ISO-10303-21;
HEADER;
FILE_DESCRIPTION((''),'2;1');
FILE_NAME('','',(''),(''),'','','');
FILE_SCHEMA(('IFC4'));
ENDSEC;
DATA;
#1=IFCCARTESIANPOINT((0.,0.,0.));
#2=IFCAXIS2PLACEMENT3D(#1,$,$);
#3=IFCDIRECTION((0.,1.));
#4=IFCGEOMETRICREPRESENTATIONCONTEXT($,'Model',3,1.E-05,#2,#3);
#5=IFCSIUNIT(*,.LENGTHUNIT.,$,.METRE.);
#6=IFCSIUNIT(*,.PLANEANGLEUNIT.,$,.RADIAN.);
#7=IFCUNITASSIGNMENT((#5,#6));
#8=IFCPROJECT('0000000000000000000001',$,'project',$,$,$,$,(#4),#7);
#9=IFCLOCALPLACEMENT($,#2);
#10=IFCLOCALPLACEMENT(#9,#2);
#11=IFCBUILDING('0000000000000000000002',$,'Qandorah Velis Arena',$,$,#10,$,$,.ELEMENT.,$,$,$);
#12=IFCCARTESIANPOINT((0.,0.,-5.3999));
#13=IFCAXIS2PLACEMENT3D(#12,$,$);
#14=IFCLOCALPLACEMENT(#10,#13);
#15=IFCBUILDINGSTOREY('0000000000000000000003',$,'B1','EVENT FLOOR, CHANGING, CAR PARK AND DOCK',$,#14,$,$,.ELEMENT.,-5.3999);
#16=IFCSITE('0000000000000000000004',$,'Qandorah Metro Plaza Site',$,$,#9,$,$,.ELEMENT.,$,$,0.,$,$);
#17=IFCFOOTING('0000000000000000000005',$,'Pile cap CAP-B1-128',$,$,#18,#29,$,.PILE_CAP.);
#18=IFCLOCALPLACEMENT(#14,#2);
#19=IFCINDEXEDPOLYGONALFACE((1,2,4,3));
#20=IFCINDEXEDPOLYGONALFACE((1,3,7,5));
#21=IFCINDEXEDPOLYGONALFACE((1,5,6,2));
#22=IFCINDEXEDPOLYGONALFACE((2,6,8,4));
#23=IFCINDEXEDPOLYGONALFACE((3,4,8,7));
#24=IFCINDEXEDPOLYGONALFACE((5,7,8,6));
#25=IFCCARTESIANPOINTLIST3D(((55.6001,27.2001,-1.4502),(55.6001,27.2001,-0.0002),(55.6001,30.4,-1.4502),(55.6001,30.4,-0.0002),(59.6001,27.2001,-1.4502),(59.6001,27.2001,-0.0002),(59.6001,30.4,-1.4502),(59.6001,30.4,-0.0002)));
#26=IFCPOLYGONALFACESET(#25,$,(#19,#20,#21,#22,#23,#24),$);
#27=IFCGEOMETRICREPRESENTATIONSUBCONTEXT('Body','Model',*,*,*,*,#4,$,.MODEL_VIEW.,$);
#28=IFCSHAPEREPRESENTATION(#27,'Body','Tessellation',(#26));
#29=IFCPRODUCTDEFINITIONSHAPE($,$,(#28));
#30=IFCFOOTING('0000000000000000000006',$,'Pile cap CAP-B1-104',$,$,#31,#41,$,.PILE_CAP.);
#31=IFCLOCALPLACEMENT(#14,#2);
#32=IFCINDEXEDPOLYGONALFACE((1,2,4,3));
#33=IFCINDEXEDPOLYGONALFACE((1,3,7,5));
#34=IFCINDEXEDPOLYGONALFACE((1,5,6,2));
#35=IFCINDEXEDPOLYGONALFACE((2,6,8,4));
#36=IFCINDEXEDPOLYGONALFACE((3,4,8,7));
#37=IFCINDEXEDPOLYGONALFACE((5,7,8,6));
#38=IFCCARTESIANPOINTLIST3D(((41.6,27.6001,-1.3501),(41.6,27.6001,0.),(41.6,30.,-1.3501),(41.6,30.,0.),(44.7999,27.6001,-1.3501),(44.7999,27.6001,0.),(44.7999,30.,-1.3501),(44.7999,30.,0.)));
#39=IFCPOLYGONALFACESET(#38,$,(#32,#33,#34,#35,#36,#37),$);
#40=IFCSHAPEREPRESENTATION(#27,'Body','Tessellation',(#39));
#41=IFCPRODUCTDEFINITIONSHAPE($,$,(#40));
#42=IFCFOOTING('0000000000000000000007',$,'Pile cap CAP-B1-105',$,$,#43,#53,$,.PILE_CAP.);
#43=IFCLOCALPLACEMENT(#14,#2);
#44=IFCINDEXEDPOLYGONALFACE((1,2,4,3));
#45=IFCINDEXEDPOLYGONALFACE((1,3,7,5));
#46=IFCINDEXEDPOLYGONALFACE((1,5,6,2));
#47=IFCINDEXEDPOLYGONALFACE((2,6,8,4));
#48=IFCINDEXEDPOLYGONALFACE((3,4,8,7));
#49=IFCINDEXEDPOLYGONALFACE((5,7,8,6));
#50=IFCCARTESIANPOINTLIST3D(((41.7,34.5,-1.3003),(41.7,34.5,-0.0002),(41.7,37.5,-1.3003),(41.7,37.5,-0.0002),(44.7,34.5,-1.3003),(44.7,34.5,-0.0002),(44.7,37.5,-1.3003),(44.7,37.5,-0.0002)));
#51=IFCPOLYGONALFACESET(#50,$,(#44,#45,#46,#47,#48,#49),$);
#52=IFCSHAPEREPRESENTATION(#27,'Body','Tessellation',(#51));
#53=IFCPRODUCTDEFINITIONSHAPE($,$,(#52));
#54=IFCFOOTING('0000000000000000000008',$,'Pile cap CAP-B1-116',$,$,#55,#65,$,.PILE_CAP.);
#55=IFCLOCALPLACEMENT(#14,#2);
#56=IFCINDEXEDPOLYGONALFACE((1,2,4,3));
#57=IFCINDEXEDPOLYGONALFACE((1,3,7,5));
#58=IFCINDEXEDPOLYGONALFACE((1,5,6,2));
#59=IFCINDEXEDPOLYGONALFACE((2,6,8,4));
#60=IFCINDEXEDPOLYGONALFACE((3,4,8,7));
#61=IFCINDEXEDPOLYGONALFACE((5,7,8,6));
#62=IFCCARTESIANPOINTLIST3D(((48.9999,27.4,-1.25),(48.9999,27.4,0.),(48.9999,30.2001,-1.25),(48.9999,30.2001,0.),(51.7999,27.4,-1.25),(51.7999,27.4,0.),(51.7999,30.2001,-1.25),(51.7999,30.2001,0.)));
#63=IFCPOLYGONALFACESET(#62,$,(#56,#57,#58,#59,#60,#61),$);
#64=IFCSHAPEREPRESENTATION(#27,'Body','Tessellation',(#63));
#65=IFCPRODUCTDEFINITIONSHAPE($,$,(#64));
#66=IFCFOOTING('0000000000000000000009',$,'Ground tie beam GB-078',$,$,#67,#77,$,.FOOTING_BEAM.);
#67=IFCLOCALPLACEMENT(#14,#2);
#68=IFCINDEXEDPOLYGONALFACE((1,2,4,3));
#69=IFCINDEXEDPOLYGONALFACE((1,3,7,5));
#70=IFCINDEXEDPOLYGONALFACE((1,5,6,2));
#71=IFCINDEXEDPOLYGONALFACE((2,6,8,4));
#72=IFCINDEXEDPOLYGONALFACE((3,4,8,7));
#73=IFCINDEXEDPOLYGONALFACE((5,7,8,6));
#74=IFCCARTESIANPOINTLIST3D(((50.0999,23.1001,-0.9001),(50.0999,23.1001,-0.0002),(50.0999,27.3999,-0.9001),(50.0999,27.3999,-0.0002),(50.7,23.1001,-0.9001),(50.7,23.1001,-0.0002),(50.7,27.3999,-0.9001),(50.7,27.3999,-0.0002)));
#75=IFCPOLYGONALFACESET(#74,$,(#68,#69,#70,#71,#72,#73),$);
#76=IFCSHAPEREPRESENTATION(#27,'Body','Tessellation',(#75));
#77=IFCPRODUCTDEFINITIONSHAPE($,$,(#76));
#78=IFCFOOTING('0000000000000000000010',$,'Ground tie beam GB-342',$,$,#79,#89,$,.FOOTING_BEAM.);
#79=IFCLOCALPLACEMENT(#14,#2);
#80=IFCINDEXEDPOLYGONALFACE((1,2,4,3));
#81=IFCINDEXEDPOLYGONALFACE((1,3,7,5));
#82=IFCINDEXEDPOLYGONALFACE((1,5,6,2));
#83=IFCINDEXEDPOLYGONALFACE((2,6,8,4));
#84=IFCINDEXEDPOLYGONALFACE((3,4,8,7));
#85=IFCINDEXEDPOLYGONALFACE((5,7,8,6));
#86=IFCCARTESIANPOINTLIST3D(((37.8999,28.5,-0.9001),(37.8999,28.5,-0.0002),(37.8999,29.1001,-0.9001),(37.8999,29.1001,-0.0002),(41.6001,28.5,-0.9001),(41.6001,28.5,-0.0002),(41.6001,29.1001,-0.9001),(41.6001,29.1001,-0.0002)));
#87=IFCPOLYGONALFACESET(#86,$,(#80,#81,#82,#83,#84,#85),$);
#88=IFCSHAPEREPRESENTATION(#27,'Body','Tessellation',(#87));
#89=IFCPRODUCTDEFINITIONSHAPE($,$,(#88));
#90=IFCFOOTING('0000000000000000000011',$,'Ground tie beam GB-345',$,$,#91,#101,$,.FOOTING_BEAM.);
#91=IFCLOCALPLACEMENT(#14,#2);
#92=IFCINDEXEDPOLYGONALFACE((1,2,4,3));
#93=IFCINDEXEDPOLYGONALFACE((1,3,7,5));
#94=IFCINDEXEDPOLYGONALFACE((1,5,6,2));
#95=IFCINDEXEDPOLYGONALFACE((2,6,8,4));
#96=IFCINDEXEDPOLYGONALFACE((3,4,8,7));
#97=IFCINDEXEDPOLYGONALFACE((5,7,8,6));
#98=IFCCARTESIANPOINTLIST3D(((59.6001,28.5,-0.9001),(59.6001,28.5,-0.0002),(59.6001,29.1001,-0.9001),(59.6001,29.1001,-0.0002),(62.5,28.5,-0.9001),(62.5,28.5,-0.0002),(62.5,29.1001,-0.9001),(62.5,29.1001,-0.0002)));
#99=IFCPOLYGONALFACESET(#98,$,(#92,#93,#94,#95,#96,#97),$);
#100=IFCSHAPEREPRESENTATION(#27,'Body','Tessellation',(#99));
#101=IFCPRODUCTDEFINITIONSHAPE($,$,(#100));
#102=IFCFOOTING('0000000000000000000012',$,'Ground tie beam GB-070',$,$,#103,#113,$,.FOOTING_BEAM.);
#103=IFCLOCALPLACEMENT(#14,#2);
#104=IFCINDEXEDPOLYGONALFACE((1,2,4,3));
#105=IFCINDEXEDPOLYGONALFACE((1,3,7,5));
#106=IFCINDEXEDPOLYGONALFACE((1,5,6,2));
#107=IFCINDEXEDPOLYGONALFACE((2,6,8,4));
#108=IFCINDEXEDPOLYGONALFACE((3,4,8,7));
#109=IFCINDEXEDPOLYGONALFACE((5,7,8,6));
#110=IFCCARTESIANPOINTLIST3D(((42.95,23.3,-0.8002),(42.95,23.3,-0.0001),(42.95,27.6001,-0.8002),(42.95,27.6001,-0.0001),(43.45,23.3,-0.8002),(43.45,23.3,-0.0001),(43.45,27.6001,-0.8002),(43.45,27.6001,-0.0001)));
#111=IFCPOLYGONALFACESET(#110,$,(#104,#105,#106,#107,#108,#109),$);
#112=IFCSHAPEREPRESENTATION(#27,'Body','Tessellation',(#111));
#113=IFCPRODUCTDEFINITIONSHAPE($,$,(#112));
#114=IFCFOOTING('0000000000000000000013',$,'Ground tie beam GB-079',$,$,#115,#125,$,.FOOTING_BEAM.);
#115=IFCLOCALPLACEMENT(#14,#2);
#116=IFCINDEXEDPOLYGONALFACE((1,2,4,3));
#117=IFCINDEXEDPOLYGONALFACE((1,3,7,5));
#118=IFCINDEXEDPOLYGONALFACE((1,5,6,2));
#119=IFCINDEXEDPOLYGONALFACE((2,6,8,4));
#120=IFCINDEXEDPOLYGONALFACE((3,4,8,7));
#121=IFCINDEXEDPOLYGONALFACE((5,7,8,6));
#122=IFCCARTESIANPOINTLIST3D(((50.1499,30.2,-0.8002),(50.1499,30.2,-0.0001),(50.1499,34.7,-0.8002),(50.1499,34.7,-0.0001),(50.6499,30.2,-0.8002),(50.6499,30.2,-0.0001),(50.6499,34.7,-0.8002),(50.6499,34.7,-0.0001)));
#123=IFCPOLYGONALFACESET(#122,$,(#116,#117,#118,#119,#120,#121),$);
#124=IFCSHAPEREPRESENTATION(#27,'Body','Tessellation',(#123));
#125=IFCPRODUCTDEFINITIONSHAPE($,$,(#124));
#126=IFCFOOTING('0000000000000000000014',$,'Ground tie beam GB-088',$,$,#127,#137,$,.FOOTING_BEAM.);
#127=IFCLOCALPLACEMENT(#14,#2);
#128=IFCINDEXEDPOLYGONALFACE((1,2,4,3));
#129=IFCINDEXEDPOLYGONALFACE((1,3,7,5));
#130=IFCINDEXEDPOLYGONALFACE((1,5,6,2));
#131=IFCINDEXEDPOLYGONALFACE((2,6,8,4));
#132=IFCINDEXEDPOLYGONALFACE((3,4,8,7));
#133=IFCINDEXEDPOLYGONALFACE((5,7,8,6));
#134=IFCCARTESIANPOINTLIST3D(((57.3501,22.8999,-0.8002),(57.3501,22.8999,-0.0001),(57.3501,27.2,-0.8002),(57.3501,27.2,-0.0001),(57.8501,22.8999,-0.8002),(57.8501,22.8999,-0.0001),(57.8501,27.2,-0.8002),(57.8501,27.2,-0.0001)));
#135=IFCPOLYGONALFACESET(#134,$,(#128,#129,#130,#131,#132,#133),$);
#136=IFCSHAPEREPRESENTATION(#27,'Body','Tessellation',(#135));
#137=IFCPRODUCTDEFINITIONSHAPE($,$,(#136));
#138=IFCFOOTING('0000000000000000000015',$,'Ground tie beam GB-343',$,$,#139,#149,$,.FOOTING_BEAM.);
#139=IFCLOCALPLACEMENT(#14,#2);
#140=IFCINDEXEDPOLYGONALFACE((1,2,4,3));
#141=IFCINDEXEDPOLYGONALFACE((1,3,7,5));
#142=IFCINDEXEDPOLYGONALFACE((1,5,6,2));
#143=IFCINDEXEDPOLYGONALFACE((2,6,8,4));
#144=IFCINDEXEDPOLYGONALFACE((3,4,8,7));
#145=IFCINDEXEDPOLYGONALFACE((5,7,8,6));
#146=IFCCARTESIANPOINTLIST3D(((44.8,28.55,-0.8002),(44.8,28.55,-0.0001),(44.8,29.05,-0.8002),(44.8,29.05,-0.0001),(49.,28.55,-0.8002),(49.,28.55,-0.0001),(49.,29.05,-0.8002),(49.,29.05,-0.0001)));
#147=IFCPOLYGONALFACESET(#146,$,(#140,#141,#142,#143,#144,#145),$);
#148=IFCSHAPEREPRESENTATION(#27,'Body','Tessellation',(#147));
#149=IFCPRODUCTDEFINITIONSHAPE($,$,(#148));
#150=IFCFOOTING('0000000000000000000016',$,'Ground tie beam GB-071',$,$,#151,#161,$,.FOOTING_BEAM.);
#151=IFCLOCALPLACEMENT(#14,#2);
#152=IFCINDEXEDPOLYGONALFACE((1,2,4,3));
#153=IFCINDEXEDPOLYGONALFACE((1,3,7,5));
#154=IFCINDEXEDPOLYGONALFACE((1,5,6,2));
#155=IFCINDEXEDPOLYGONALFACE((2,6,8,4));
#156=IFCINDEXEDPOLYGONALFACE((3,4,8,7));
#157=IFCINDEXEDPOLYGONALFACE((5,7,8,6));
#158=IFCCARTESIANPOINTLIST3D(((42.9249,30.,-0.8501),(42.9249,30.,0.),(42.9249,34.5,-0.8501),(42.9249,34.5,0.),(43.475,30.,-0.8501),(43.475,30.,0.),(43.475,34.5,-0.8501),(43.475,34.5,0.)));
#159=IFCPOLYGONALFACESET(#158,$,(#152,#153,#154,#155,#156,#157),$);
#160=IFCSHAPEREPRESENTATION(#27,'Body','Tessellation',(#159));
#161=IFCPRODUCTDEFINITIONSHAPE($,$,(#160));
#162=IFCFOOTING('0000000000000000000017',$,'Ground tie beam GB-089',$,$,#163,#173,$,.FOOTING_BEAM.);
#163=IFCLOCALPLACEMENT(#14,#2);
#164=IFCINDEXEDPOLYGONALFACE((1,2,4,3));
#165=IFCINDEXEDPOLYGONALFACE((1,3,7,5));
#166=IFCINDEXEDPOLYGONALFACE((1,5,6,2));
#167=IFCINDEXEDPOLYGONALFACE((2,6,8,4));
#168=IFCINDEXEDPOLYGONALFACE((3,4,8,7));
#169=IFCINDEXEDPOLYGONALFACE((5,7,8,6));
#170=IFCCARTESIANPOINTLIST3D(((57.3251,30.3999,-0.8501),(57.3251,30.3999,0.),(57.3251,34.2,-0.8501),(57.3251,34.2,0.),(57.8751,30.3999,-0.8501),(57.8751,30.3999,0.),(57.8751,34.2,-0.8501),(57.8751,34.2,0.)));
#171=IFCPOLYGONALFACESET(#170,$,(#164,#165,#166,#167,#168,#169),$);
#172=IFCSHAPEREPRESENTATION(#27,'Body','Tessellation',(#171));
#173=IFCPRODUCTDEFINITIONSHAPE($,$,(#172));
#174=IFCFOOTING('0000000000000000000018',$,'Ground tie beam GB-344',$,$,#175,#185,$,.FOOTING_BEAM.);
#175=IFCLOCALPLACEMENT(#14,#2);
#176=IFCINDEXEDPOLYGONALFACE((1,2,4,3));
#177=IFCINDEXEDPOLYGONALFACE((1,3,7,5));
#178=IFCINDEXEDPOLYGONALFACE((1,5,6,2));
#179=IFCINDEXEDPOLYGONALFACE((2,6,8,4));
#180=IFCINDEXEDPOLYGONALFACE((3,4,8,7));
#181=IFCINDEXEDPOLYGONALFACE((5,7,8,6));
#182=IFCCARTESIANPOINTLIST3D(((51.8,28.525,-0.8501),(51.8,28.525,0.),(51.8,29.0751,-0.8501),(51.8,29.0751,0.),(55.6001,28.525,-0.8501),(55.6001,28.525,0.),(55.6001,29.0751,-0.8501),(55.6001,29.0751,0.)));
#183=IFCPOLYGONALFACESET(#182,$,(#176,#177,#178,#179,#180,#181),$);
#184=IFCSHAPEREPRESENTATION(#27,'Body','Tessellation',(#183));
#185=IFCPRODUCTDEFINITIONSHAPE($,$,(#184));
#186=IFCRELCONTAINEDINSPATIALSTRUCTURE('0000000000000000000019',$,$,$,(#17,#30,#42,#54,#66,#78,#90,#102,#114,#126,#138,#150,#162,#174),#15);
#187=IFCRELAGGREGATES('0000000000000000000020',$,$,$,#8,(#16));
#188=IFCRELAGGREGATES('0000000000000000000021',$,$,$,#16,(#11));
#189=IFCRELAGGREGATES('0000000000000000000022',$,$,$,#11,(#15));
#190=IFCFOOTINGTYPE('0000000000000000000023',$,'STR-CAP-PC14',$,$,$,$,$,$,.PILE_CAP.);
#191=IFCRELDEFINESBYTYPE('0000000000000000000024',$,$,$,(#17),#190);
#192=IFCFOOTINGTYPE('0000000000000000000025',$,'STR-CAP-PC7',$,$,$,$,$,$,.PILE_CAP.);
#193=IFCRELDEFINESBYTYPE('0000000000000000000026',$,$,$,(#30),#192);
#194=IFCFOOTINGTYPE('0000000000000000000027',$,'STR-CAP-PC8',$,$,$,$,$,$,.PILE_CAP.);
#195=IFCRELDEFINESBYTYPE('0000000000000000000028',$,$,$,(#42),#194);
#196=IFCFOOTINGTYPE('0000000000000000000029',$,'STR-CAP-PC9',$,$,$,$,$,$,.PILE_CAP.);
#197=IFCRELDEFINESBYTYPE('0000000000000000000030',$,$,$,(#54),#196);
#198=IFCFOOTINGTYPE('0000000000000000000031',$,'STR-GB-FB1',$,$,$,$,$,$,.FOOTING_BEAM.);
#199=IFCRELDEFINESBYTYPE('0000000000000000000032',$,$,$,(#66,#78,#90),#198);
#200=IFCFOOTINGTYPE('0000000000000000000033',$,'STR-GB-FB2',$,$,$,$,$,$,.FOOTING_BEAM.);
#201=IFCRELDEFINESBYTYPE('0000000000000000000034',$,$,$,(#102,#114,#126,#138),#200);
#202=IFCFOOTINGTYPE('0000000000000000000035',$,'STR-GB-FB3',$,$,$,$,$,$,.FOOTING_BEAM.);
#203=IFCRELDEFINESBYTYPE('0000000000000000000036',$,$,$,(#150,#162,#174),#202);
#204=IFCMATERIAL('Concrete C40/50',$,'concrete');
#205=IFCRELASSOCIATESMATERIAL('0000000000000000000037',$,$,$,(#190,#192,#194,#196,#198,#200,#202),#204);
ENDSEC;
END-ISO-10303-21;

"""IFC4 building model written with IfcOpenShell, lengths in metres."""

from ifc_helpers import new_model, si_unit, direction, frame, origin, origin_2d, place, context, subcontext, project, spatial, rectangle, extrude, material, material_profile, profile_set, type_object, element, save


model = new_model("IFC4")

# Units and contexts
model_context = context("Model", 3, precision=1e-05, world=origin(), true_north=direction((0.0, 1.0)))
body_context = subcontext(model_context, "Body", "Model", "MODEL_VIEW")
ifc_project = project(units=[si_unit("LENGTHUNIT", "METRE"), si_unit("PLANEANGLEUNIT", "RADIAN")], contexts=[model_context])

# Site, building, storey
site_placement = place(None, origin())
site = spatial("IfcSite", under=ifc_project, at=site_placement, Name="Qandorah Metro Plaza Site", CompositionType="ELEMENT", RefElevation=0.0)
building_placement = place(site_placement, origin())
building = spatial("IfcBuilding", under=site, at=building_placement, Name="Qandorah Velis Arena", CompositionType="ELEMENT")
storey_placement = place(building_placement, frame((0.0, 0.0, -5.3999)))
storey = spatial("IfcBuildingStorey", under=building, at=storey_placement, Name="B1", Description="EVENT FLOOR, CHANGING, CAR PARK AND DOCK", CompositionType="ELEMENT", Elevation=-5.3999)

# Footings
ifc_material_1 = material(Name="Concrete C40/50", Category="concrete")
footing_type_1 = type_object("IfcFootingType", Name="STR-CAP-PC14", PredefinedType="PILE_CAP", material=ifc_material_1)
footing_1_placement = place(storey_placement, frame((57.6001, 28.8, -1.4502), z_axis=(0.0, 0.0, 1.0), x_axis=(1.0, 0.0, 0.0)))
element("IfcFooting", 1, at=footing_1_placement, inside=storey, type_object=footing_type_1, Name="Pile cap CAP-B1-128", PredefinedType="PILE_CAP", context=body_context, shape_type="SweptSolid", body=[
    extrude(rectangle(XDim=4.0, YDim=3.2, at=origin_2d()), origin(), (0.0, 0.0, 1.0), 1.45),
])
footing_type_2 = type_object("IfcFootingType", Name="STR-CAP-PC7", PredefinedType="PILE_CAP", material=ifc_material_1)
footing_2_placement = place(storey_placement, frame((43.2, 28.8, -1.3501), z_axis=(0.0, 0.0, 1.0), x_axis=(1.0, 0.0, 0.0)))
element("IfcFooting", 2, at=footing_2_placement, inside=storey, type_object=footing_type_2, Name="Pile cap CAP-B1-104", PredefinedType="PILE_CAP", context=body_context, shape_type="SweptSolid", body=[
    extrude(rectangle(XDim=3.2, YDim=2.3999, at=origin_2d()), origin(), (0.0, 0.0, 1.0), 1.3501),
])
footing_type_3 = type_object("IfcFootingType", Name="STR-CAP-PC8", PredefinedType="PILE_CAP", material=ifc_material_1)
footing_3_placement = place(storey_placement, frame((43.2, 36.0, -1.3003), z_axis=(0.0, 0.0, 1.0), x_axis=(1.0, 0.0, 0.0)))
element("IfcFooting", 3, at=footing_3_placement, inside=storey, type_object=footing_type_3, Name="Pile cap CAP-B1-105", PredefinedType="PILE_CAP", context=body_context, shape_type="SweptSolid", body=[
    extrude(rectangle(XDim=3.0, YDim=3.0, at=origin_2d()), origin(), (0.0, 0.0, 1.0), 1.3),
])
footing_type_4 = type_object("IfcFootingType", Name="STR-CAP-PC9", PredefinedType="PILE_CAP", material=ifc_material_1)
footing_4_placement = place(storey_placement, frame((50.3999, 28.8, -1.25), z_axis=(0.0, 0.0, 1.0), x_axis=(1.0, 0.0, 0.0)))
element("IfcFooting", 4, at=footing_4_placement, inside=storey, type_object=footing_type_4, Name="Pile cap CAP-B1-116", PredefinedType="PILE_CAP", context=body_context, shape_type="SweptSolid", body=[
    extrude(rectangle(XDim=2.8, YDim=2.8, at=origin_2d()), origin(), (0.0, 0.0, 1.0), 1.25),
])
ifc_material_profile_1 = material_profile(ifc_material_1, rectangle(XDim=0.6001, YDim=0.8999, at=origin_2d()), Name="GB1 600x900")
ifc_profile_set_1 = profile_set([ifc_material_profile_1], Name="Concrete C40/50")
footing_type_5 = type_object("IfcFootingType", Name="STR-GB-FB1", PredefinedType="FOOTING_BEAM", material=ifc_profile_set_1)
footing_5_placement = place(storey_placement, frame((50.3999, 23.1001, -0.4502), z_axis=(0.0, 1.0, 0.0), x_axis=(-1.0, 0.0, 0.0)))
element("IfcFooting", 5, at=footing_5_placement, inside=storey, type_object=footing_type_5, Name="Ground tie beam GB-078", PredefinedType="FOOTING_BEAM", context=body_context, shape_type="SweptSolid", body=[
    extrude(rectangle(XDim=0.6001, YDim=0.8999, at=origin_2d()), origin(), (0.0, 0.0, 1.0), 4.2998),
])
footing_6_placement = place(storey_placement, frame((37.8999, 28.8, -0.4502), z_axis=(1.0, 0.0, 0.0), x_axis=(0.0, 1.0, 0.0)))
element("IfcFooting", 6, at=footing_6_placement, inside=storey, type_object=footing_type_5, Name="Ground tie beam GB-342", PredefinedType="FOOTING_BEAM", context=body_context, shape_type="SweptSolid", body=[
    extrude(rectangle(XDim=0.6001, YDim=0.8999, at=origin_2d()), origin(), (0.0, 0.0, 1.0), 3.7002),
])
footing_7_placement = place(storey_placement, frame((59.6001, 28.8, -0.4502), z_axis=(1.0, 0.0, 0.0), x_axis=(0.0, 1.0, 0.0)))
element("IfcFooting", 7, at=footing_7_placement, inside=storey, type_object=footing_type_5, Name="Ground tie beam GB-345", PredefinedType="FOOTING_BEAM", context=body_context, shape_type="SweptSolid", body=[
    extrude(rectangle(XDim=0.6001, YDim=0.8999, at=origin_2d()), origin(), (0.0, 0.0, 1.0), 2.8999),
])
ifc_material_profile_2 = material_profile(ifc_material_1, rectangle(XDim=0.5, YDim=0.8, at=origin_2d()), Name="GB2 500x800")
ifc_profile_set_2 = profile_set([ifc_material_profile_2], Name="Concrete C40/50")
footing_type_6 = type_object("IfcFootingType", Name="STR-GB-FB2", PredefinedType="FOOTING_BEAM", material=ifc_profile_set_2)
footing_8_placement = place(storey_placement, frame((43.2, 23.3, -0.4001), z_axis=(0.0, 1.0, 0.0), x_axis=(-1.0, 0.0, 0.0)))
element("IfcFooting", 8, at=footing_8_placement, inside=storey, type_object=footing_type_6, Name="Ground tie beam GB-070", PredefinedType="FOOTING_BEAM", context=body_context, shape_type="SweptSolid", body=[
    extrude(rectangle(XDim=0.5, YDim=0.8, at=origin_2d()), origin(), (0.0, 0.0, 1.0), 4.3),
])
footing_9_placement = place(storey_placement, frame((50.3999, 30.2, -0.4001), z_axis=(0.0, 1.0, 0.0), x_axis=(-1.0, 0.0, 0.0)))
element("IfcFooting", 9, at=footing_9_placement, inside=storey, type_object=footing_type_6, Name="Ground tie beam GB-079", PredefinedType="FOOTING_BEAM", context=body_context, shape_type="SweptSolid", body=[
    extrude(rectangle(XDim=0.5, YDim=0.8, at=origin_2d()), origin(), (0.0, 0.0, 1.0), 4.5),
])
footing_10_placement = place(storey_placement, frame((57.6001, 22.8999, -0.4001), z_axis=(0.0, 1.0, 0.0), x_axis=(-1.0, 0.0, 0.0)))
element("IfcFooting", 10, at=footing_10_placement, inside=storey, type_object=footing_type_6, Name="Ground tie beam GB-088", PredefinedType="FOOTING_BEAM", context=body_context, shape_type="SweptSolid", body=[
    extrude(rectangle(XDim=0.5, YDim=0.8, at=origin_2d()), origin(), (0.0, 0.0, 1.0), 4.3),
])
footing_11_placement = place(storey_placement, frame((44.8, 28.8, -0.4001), z_axis=(1.0, 0.0, 0.0), x_axis=(0.0, 1.0, 0.0)))
element("IfcFooting", 11, at=footing_11_placement, inside=storey, type_object=footing_type_6, Name="Ground tie beam GB-343", PredefinedType="FOOTING_BEAM", context=body_context, shape_type="SweptSolid", body=[
    extrude(rectangle(XDim=0.5, YDim=0.8, at=origin_2d()), origin(), (0.0, 0.0, 1.0), 4.2),
])
ifc_material_profile_3 = material_profile(ifc_material_1, rectangle(XDim=0.55, YDim=0.8501, at=origin_2d()), Name="GB3 550x850")
ifc_profile_set_3 = profile_set([ifc_material_profile_3], Name="Concrete C40/50")
footing_type_7 = type_object("IfcFootingType", Name="STR-GB-FB3", PredefinedType="FOOTING_BEAM", material=ifc_profile_set_3)
footing_12_placement = place(storey_placement, frame((43.2, 30.0, -0.425), z_axis=(0.0, 1.0, 0.0), x_axis=(-1.0, 0.0, 0.0)))
element("IfcFooting", 12, at=footing_12_placement, inside=storey, type_object=footing_type_7, Name="Ground tie beam GB-071", PredefinedType="FOOTING_BEAM", context=body_context, shape_type="SweptSolid", body=[
    extrude(rectangle(XDim=0.55, YDim=0.8501, at=origin_2d()), origin(), (0.0, 0.0, 1.0), 4.5),
])
for number, where, z_axis, x_axis, name in (
    (13, (57.6001, 30.3999, -0.425), (0.0, 1.0, 0.0), (-1.0, 0.0, 0.0), "Ground tie beam GB-089"),
    (14, (51.8, 28.8, -0.425), (1.0, 0.0, 0.0), (0.0, 1.0, 0.0), "Ground tie beam GB-344"),
):
    element("IfcFooting", number, at=place(storey_placement, frame(where, z_axis=z_axis, x_axis=x_axis)), inside=storey, type_object=footing_type_7, Name=name, PredefinedType="FOOTING_BEAM", context=body_context, shape_type="SweptSolid", body=[
        extrude(rectangle(XDim=0.55, YDim=0.8501, at=origin_2d()), origin(), (0.0, 0.0, 1.0), 3.8),
    ])

save(model, "model.ifc")
